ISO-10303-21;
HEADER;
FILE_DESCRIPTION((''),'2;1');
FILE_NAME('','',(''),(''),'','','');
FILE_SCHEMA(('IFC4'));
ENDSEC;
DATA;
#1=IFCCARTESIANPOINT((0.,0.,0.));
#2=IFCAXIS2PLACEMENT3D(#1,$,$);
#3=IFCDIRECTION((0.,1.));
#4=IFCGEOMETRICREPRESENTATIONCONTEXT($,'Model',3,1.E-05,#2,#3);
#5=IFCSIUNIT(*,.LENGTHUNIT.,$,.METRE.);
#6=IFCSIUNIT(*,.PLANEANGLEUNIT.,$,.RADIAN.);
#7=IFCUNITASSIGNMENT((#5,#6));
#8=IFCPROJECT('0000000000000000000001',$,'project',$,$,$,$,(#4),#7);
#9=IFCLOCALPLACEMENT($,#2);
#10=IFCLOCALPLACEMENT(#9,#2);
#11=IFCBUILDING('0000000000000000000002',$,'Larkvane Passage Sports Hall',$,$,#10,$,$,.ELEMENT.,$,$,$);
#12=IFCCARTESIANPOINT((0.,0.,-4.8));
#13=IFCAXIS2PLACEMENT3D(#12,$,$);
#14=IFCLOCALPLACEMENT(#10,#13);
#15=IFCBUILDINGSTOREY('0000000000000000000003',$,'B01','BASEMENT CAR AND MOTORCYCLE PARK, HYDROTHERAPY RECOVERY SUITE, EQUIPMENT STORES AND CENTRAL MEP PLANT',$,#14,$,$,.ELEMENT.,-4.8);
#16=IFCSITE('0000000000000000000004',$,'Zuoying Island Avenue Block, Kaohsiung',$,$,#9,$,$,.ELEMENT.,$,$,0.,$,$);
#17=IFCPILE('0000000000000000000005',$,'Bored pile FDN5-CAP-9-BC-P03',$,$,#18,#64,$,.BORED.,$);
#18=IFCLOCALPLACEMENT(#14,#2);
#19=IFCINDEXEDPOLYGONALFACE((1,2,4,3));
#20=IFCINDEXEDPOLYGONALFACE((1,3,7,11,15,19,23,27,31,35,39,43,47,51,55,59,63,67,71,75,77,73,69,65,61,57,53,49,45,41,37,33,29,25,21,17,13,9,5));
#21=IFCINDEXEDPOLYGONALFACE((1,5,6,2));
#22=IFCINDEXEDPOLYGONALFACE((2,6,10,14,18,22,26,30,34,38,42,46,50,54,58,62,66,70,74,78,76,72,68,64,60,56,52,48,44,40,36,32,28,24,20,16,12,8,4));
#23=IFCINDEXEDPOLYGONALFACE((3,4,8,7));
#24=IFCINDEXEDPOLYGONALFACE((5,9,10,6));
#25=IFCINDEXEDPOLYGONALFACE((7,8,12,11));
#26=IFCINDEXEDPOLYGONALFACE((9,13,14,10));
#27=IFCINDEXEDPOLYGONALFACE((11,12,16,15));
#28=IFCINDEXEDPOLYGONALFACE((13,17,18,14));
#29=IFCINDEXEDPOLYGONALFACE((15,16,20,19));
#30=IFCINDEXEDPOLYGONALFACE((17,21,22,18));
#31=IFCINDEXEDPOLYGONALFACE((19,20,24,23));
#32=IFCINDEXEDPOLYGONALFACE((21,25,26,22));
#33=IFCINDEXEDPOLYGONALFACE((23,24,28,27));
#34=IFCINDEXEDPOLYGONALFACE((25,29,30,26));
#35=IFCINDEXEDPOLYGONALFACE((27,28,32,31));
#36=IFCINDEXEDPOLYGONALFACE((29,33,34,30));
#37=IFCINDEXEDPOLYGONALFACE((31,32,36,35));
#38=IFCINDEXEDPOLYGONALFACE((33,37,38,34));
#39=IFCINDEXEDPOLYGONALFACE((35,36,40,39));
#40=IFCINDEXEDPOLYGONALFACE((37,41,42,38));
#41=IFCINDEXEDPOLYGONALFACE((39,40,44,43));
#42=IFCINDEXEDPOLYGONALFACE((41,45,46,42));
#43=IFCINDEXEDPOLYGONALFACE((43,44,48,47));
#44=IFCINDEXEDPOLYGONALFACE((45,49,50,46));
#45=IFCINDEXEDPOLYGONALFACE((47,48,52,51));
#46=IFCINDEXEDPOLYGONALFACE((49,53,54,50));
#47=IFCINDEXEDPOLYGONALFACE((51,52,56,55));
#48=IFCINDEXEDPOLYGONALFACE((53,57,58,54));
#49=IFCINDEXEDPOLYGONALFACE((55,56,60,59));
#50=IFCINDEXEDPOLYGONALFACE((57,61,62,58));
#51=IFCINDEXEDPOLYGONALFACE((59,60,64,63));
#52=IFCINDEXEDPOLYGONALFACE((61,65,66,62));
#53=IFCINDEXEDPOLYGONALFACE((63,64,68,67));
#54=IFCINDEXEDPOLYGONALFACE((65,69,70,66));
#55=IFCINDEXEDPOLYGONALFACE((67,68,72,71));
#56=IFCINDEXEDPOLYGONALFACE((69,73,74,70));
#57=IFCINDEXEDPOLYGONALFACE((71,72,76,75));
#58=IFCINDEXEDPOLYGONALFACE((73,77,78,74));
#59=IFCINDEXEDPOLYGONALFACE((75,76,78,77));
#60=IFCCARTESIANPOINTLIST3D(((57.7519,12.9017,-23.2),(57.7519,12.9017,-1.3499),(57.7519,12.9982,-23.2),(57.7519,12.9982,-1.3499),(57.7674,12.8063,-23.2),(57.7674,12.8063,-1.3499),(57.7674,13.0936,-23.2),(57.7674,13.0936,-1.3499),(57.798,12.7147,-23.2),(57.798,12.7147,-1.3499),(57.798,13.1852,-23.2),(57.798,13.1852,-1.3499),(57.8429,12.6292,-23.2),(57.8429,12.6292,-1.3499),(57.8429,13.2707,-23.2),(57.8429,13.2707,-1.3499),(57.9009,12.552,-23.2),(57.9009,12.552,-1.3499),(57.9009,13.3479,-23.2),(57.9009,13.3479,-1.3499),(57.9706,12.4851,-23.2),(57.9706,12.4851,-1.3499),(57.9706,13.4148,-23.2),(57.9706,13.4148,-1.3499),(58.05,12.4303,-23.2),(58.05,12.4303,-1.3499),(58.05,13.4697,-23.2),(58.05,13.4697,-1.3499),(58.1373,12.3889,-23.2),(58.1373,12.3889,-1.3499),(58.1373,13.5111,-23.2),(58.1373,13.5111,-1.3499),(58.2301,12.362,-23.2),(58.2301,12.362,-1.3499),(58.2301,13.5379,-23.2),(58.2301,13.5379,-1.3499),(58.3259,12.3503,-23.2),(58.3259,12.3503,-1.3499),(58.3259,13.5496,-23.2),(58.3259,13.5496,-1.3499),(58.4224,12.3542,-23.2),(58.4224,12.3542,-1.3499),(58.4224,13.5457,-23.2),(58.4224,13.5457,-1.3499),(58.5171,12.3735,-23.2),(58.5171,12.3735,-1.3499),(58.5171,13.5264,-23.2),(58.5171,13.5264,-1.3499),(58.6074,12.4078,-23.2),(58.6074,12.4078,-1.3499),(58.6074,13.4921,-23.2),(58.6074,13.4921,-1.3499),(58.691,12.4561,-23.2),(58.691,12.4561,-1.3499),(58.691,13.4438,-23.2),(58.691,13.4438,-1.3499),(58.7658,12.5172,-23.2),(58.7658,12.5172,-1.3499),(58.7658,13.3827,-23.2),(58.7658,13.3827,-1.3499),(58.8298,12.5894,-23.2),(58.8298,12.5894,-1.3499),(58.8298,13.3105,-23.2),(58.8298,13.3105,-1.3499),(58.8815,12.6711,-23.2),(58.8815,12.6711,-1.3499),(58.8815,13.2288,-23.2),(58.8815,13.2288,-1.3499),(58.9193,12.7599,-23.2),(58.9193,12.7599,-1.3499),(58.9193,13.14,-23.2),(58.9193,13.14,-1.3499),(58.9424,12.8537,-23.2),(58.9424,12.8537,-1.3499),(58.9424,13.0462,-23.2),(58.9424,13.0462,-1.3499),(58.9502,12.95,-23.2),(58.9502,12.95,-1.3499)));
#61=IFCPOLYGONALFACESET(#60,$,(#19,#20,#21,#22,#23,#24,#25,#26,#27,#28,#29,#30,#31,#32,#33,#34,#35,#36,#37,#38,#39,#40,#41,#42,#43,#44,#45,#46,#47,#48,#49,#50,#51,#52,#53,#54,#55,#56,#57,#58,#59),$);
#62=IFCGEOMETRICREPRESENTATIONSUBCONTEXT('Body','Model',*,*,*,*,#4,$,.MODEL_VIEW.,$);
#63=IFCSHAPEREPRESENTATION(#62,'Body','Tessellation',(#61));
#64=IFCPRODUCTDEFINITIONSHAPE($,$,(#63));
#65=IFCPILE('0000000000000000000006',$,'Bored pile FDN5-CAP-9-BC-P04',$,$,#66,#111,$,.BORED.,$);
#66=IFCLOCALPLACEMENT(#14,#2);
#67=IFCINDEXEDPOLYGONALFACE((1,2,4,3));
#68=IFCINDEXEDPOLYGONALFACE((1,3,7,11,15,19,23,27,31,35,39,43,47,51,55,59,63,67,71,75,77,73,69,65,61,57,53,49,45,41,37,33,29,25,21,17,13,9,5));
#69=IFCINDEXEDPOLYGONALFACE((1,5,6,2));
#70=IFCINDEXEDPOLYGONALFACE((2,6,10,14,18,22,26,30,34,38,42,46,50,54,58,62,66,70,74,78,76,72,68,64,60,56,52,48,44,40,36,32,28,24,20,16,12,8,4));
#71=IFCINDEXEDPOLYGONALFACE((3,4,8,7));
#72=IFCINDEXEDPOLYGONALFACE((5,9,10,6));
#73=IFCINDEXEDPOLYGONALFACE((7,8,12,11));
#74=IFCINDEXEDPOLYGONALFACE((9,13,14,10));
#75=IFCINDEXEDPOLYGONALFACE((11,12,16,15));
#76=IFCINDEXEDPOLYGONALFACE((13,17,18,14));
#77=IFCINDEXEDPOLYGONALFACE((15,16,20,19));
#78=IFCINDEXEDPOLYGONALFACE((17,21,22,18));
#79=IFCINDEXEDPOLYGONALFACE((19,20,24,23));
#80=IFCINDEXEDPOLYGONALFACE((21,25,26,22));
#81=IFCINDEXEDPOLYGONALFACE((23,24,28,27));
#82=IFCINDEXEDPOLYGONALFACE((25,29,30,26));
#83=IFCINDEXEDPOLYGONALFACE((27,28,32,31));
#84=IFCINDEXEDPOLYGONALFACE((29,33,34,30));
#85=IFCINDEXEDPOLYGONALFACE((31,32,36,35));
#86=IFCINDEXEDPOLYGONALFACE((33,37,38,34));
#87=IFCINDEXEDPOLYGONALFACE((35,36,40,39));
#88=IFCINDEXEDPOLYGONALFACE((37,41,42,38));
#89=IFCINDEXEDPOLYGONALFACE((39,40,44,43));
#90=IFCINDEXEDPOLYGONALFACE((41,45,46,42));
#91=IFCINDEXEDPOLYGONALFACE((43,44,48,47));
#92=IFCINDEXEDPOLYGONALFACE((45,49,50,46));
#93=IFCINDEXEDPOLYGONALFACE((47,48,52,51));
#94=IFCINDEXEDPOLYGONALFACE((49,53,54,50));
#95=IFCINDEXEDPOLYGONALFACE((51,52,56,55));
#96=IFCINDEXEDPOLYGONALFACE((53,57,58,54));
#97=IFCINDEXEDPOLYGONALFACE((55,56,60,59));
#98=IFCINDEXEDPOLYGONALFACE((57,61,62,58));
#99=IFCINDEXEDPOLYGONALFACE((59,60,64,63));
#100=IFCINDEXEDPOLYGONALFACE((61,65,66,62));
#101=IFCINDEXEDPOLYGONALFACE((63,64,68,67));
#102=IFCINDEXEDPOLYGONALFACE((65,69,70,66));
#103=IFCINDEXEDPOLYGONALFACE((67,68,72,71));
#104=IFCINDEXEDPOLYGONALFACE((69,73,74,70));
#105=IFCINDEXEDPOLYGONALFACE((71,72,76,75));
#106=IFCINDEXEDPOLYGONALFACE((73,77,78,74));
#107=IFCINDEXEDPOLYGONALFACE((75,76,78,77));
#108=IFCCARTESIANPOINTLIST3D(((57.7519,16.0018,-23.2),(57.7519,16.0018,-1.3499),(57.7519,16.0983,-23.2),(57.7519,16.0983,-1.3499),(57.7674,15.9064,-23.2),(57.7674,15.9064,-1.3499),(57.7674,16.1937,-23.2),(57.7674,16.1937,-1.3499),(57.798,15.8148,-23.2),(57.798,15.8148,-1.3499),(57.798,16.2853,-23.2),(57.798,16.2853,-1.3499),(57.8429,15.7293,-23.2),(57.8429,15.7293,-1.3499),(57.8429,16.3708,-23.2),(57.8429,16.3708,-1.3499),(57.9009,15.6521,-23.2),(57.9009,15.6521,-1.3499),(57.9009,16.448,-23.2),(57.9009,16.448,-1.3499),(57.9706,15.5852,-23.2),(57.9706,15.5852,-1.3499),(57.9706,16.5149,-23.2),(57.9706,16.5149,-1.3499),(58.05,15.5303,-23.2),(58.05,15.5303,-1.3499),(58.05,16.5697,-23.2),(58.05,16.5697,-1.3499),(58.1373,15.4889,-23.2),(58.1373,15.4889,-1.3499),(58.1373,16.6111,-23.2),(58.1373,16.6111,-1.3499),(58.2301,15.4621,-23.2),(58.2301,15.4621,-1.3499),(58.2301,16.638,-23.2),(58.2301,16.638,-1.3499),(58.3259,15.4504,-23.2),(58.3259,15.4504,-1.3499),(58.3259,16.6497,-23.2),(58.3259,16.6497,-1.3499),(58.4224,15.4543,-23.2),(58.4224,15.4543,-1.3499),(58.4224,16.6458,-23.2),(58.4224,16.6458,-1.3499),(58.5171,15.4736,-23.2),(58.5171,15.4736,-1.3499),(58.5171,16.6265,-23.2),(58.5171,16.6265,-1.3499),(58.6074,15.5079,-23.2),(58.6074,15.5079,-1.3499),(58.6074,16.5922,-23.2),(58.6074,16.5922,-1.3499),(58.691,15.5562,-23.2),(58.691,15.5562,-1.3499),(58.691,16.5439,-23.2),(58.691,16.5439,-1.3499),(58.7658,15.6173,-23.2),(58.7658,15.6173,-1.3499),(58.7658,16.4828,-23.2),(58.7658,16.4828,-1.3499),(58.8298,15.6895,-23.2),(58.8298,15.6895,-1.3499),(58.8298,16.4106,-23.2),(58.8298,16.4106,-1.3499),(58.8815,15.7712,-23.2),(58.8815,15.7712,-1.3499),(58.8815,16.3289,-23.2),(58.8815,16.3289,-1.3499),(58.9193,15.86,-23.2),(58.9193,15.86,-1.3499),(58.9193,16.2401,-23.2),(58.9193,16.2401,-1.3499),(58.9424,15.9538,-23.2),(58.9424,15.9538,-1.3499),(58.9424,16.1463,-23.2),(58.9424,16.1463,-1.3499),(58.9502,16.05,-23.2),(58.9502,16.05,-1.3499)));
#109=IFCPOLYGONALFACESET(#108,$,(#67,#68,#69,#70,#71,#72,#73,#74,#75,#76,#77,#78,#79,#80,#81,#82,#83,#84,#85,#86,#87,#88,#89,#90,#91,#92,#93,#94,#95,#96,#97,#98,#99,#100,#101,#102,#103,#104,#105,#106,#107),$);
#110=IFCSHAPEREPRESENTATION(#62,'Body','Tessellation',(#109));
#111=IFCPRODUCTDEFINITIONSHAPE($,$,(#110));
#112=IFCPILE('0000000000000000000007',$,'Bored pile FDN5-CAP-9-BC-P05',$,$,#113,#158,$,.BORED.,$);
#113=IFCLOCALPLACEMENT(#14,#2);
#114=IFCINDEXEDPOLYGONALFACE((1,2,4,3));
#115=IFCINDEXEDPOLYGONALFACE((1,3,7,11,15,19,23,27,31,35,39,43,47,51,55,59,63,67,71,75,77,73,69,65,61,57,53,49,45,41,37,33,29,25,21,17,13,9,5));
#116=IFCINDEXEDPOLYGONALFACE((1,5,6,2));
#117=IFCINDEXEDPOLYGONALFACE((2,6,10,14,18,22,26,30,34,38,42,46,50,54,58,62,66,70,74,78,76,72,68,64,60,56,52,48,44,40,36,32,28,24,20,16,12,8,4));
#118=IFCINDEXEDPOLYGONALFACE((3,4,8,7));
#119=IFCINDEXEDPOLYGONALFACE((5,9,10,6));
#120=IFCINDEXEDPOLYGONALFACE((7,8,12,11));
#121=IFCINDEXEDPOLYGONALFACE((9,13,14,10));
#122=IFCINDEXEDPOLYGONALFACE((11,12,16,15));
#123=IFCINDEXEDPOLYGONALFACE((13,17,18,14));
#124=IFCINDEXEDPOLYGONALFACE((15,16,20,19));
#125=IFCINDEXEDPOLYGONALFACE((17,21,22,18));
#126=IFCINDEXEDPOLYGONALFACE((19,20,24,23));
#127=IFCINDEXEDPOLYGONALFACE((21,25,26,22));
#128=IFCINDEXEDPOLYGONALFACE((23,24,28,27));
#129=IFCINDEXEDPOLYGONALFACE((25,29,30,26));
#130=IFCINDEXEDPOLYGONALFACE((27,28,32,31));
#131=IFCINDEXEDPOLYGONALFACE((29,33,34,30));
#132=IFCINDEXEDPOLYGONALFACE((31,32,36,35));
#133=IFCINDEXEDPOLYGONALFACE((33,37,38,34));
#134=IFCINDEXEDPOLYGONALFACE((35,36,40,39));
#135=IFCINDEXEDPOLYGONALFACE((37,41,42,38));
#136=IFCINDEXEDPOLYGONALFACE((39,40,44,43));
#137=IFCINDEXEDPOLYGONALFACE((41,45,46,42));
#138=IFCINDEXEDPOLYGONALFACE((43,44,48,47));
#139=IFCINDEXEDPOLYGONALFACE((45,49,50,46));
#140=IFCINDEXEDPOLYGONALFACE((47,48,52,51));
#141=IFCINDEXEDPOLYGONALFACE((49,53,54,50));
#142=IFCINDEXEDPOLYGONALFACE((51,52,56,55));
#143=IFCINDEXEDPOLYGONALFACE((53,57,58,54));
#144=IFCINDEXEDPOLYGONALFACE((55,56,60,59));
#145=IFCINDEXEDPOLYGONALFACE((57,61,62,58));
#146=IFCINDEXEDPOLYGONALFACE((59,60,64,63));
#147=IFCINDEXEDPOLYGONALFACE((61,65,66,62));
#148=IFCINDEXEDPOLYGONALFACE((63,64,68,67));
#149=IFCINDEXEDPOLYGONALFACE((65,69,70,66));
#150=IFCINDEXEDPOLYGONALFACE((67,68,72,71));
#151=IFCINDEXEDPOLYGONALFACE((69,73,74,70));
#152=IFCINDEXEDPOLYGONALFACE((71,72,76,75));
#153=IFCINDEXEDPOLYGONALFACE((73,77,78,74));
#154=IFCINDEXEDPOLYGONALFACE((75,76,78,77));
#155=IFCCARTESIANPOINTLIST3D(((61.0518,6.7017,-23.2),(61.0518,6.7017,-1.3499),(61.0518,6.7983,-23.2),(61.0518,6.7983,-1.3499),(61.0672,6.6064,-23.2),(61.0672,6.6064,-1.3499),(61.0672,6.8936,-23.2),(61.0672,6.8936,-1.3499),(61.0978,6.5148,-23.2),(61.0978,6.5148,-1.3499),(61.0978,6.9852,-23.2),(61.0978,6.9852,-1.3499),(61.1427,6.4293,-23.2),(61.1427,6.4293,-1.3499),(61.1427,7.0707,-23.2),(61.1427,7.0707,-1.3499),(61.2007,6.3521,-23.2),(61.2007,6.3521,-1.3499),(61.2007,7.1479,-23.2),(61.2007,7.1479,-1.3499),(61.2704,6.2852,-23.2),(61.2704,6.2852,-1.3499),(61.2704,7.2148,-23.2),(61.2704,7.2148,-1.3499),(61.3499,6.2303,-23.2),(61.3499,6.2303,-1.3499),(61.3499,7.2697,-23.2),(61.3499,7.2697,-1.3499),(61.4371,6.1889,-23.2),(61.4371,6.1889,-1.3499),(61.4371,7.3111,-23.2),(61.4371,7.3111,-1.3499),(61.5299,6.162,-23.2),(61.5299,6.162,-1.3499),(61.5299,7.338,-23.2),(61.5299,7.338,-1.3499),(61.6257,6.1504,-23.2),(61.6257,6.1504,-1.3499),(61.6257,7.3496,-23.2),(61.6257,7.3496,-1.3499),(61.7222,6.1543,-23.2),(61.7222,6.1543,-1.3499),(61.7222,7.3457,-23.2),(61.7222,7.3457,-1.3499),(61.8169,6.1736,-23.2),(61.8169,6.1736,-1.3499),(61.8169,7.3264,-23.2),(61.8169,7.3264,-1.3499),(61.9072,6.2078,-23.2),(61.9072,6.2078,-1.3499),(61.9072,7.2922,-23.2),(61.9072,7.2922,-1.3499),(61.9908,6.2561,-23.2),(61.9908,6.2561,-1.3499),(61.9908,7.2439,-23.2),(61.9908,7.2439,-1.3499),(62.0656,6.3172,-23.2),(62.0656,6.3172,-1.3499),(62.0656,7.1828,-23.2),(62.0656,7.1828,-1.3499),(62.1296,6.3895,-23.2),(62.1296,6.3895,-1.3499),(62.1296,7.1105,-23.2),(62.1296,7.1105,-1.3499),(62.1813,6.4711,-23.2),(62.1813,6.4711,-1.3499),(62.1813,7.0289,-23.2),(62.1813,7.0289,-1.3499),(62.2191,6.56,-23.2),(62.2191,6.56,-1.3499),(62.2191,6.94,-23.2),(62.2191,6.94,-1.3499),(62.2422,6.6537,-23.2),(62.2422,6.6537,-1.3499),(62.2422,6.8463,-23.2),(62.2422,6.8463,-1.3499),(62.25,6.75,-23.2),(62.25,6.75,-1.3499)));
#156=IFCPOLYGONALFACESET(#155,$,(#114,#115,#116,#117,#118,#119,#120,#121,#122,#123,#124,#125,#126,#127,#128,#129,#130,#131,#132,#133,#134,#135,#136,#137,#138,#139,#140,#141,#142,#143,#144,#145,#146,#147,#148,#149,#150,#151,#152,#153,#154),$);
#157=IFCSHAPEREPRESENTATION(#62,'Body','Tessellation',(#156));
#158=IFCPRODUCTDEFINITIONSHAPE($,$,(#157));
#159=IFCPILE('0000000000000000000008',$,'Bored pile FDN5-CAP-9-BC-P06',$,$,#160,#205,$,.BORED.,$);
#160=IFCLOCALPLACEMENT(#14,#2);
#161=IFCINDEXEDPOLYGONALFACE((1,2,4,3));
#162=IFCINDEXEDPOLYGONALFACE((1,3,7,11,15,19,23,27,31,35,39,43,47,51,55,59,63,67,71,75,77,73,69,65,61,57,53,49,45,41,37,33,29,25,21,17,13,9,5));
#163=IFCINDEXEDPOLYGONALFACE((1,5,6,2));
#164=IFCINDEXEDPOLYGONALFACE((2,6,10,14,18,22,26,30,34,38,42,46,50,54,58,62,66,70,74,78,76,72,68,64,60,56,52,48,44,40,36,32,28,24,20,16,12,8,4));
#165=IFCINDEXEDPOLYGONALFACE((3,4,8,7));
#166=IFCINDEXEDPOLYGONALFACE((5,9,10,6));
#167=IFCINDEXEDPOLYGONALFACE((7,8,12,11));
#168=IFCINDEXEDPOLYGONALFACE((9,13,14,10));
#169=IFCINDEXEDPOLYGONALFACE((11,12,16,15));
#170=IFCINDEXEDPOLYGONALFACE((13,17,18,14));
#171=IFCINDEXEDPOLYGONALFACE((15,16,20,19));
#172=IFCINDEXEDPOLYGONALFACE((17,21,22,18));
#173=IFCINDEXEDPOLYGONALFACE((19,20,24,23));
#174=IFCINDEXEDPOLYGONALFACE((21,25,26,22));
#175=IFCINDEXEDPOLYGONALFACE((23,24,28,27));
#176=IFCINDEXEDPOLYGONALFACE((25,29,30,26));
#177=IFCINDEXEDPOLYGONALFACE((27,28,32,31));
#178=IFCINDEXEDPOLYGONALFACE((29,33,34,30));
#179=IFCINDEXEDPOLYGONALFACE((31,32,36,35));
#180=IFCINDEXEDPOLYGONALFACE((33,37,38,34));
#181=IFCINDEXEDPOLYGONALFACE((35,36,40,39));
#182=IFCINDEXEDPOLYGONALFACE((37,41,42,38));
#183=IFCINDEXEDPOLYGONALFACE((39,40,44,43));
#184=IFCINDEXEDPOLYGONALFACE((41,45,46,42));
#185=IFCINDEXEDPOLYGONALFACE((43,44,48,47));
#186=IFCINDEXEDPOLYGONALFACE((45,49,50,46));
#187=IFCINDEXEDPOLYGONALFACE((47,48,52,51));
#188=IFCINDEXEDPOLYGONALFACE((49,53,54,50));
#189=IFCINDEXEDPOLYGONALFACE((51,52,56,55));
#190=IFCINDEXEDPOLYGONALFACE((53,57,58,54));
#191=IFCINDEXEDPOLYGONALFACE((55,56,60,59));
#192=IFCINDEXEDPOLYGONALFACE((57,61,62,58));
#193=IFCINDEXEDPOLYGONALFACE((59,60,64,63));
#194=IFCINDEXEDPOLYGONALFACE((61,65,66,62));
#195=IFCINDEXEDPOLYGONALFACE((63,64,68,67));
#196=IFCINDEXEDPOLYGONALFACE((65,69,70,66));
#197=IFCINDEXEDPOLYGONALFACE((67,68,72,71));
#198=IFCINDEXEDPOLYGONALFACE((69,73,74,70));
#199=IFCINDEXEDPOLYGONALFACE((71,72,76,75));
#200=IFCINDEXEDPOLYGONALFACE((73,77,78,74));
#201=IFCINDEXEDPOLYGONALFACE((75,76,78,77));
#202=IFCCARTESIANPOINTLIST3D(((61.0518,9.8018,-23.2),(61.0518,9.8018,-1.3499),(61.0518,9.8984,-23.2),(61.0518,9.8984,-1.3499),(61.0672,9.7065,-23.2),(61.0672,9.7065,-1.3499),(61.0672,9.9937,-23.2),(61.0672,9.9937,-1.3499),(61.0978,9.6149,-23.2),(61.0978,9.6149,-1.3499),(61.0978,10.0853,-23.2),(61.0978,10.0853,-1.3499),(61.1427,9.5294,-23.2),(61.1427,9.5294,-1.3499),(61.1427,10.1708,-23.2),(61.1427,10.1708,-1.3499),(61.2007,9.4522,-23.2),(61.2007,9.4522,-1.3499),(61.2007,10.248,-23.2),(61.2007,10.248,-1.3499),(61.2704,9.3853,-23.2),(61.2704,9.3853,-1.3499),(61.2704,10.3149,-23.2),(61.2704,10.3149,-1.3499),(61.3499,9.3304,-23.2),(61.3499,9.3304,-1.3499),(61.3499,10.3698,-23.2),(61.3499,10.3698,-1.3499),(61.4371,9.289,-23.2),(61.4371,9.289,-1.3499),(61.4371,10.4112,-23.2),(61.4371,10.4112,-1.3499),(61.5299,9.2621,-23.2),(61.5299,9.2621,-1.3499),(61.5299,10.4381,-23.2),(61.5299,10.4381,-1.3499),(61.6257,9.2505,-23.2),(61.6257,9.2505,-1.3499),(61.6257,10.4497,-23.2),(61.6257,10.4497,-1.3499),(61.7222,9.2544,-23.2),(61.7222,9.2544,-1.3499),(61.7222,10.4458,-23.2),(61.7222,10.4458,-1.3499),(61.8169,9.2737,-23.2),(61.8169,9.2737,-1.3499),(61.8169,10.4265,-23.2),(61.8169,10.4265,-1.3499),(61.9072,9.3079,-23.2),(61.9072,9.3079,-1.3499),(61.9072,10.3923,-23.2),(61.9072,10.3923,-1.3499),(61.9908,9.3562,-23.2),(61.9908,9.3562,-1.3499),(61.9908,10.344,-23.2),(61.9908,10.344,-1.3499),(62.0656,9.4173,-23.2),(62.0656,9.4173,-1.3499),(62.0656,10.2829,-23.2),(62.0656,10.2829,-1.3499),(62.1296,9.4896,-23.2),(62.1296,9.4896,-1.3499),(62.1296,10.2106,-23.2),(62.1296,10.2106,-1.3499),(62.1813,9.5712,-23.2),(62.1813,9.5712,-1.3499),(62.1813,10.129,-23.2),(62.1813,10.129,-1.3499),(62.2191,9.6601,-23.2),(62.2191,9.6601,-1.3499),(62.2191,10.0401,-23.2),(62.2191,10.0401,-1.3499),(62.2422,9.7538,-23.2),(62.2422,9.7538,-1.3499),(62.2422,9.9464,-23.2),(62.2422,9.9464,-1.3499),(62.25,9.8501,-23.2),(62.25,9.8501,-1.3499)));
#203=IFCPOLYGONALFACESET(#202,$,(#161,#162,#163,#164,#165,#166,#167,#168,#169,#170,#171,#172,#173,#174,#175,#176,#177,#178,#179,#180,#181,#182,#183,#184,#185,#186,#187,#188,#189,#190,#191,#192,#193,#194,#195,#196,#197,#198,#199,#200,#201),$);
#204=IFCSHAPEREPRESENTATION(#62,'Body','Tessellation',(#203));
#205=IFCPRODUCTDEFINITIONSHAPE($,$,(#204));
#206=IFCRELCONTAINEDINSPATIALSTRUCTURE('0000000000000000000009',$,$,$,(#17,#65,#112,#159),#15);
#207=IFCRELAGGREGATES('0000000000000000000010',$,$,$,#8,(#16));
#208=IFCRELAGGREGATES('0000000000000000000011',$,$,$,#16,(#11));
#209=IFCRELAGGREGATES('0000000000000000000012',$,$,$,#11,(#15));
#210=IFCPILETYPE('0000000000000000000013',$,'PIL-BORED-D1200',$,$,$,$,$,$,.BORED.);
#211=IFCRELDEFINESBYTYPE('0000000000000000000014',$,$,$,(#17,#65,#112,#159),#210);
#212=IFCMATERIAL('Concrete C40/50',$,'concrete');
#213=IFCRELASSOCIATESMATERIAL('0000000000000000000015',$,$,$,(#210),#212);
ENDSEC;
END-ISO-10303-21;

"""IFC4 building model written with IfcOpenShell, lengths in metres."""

from ifc_helpers import new_model, si_unit, direction, frame, origin, origin_2d, place, context, subcontext, project, spatial, circle, extrude, material, material_profile, profile_set, type_object, element, save


model = new_model("IFC4")

# Units and contexts
model_context = context("Model", 3, precision=1e-05, world=origin(), true_north=direction((0.0, 1.0)))
body_context = subcontext(model_context, "Body", "Model", "MODEL_VIEW")
ifc_project = project(units=[si_unit("LENGTHUNIT", "METRE"), si_unit("PLANEANGLEUNIT", "RADIAN")], contexts=[model_context])

# Site, building, storey
site_placement = place(None, origin())
site = spatial("IfcSite", under=ifc_project, at=site_placement, Name="Zuoying Island Avenue Block, Kaohsiung", CompositionType="ELEMENT", RefElevation=0.0)
building_placement = place(site_placement, origin())
building = spatial("IfcBuilding", under=site, at=building_placement, Name="Larkvane Passage Sports Hall", CompositionType="ELEMENT")
storey_placement = place(building_placement, frame((0.0, 0.0, -4.8)))
storey = spatial("IfcBuildingStorey", under=building, at=storey_placement, Name="B01", Description="BASEMENT CAR AND MOTORCYCLE PARK, HYDROTHERAPY RECOVERY SUITE, EQUIPMENT STORES AND CENTRAL MEP PLANT", CompositionType="ELEMENT", Elevation=-4.8)

# Shared definitions
ifc_material_1 = material(Name="Concrete C40/50", Category="concrete")

# Piles
ifc_material_profile_1 = material_profile(ifc_material_1, circle(Radius=0.6001, at=origin_2d()), Name="PILE-D1200")
ifc_profile_set_1 = profile_set([ifc_material_profile_1], Name="Concrete C40/50")
pile_type = type_object("IfcPileType", Name="PIL-BORED-D1200", PredefinedType="BORED", material=ifc_profile_set_1)
for number, where, z_axis, x_axis, name in (
    (1, (58.3501, 12.95, -1.3499), (0.0, 0.0, -1.0), (1.0, 0.0, 0.0), "Bored pile FDN5-CAP-9-BC-P03"),
    (2, (58.3501, 16.05, -1.3499), (0.0, 0.0, -1.0), (1.0, 0.0, 0.0), "Bored pile FDN5-CAP-9-BC-P04"),
    (3, (61.6499, 6.75, -1.3499), (0.0, 0.0, -1.0), (1.0, 0.0, 0.0), "Bored pile FDN5-CAP-9-BC-P05"),
    (4, (61.6499, 9.8501, -1.3499), (0.0, 0.0, -1.0), (1.0, 0.0, 0.0), "Bored pile FDN5-CAP-9-BC-P06"),
):
    element("IfcPile", number, at=place(storey_placement, frame(where, z_axis=z_axis, x_axis=x_axis)), inside=storey, type_object=pile_type, Name=name, PredefinedType="BORED", context=body_context, shape_type="SweptSolid", body=[
        extrude(circle(Radius=0.6001, at=origin_2d()), origin(), (0.0, 0.0, 1.0), 21.8501),
    ])

save(model, "model.ifc")
